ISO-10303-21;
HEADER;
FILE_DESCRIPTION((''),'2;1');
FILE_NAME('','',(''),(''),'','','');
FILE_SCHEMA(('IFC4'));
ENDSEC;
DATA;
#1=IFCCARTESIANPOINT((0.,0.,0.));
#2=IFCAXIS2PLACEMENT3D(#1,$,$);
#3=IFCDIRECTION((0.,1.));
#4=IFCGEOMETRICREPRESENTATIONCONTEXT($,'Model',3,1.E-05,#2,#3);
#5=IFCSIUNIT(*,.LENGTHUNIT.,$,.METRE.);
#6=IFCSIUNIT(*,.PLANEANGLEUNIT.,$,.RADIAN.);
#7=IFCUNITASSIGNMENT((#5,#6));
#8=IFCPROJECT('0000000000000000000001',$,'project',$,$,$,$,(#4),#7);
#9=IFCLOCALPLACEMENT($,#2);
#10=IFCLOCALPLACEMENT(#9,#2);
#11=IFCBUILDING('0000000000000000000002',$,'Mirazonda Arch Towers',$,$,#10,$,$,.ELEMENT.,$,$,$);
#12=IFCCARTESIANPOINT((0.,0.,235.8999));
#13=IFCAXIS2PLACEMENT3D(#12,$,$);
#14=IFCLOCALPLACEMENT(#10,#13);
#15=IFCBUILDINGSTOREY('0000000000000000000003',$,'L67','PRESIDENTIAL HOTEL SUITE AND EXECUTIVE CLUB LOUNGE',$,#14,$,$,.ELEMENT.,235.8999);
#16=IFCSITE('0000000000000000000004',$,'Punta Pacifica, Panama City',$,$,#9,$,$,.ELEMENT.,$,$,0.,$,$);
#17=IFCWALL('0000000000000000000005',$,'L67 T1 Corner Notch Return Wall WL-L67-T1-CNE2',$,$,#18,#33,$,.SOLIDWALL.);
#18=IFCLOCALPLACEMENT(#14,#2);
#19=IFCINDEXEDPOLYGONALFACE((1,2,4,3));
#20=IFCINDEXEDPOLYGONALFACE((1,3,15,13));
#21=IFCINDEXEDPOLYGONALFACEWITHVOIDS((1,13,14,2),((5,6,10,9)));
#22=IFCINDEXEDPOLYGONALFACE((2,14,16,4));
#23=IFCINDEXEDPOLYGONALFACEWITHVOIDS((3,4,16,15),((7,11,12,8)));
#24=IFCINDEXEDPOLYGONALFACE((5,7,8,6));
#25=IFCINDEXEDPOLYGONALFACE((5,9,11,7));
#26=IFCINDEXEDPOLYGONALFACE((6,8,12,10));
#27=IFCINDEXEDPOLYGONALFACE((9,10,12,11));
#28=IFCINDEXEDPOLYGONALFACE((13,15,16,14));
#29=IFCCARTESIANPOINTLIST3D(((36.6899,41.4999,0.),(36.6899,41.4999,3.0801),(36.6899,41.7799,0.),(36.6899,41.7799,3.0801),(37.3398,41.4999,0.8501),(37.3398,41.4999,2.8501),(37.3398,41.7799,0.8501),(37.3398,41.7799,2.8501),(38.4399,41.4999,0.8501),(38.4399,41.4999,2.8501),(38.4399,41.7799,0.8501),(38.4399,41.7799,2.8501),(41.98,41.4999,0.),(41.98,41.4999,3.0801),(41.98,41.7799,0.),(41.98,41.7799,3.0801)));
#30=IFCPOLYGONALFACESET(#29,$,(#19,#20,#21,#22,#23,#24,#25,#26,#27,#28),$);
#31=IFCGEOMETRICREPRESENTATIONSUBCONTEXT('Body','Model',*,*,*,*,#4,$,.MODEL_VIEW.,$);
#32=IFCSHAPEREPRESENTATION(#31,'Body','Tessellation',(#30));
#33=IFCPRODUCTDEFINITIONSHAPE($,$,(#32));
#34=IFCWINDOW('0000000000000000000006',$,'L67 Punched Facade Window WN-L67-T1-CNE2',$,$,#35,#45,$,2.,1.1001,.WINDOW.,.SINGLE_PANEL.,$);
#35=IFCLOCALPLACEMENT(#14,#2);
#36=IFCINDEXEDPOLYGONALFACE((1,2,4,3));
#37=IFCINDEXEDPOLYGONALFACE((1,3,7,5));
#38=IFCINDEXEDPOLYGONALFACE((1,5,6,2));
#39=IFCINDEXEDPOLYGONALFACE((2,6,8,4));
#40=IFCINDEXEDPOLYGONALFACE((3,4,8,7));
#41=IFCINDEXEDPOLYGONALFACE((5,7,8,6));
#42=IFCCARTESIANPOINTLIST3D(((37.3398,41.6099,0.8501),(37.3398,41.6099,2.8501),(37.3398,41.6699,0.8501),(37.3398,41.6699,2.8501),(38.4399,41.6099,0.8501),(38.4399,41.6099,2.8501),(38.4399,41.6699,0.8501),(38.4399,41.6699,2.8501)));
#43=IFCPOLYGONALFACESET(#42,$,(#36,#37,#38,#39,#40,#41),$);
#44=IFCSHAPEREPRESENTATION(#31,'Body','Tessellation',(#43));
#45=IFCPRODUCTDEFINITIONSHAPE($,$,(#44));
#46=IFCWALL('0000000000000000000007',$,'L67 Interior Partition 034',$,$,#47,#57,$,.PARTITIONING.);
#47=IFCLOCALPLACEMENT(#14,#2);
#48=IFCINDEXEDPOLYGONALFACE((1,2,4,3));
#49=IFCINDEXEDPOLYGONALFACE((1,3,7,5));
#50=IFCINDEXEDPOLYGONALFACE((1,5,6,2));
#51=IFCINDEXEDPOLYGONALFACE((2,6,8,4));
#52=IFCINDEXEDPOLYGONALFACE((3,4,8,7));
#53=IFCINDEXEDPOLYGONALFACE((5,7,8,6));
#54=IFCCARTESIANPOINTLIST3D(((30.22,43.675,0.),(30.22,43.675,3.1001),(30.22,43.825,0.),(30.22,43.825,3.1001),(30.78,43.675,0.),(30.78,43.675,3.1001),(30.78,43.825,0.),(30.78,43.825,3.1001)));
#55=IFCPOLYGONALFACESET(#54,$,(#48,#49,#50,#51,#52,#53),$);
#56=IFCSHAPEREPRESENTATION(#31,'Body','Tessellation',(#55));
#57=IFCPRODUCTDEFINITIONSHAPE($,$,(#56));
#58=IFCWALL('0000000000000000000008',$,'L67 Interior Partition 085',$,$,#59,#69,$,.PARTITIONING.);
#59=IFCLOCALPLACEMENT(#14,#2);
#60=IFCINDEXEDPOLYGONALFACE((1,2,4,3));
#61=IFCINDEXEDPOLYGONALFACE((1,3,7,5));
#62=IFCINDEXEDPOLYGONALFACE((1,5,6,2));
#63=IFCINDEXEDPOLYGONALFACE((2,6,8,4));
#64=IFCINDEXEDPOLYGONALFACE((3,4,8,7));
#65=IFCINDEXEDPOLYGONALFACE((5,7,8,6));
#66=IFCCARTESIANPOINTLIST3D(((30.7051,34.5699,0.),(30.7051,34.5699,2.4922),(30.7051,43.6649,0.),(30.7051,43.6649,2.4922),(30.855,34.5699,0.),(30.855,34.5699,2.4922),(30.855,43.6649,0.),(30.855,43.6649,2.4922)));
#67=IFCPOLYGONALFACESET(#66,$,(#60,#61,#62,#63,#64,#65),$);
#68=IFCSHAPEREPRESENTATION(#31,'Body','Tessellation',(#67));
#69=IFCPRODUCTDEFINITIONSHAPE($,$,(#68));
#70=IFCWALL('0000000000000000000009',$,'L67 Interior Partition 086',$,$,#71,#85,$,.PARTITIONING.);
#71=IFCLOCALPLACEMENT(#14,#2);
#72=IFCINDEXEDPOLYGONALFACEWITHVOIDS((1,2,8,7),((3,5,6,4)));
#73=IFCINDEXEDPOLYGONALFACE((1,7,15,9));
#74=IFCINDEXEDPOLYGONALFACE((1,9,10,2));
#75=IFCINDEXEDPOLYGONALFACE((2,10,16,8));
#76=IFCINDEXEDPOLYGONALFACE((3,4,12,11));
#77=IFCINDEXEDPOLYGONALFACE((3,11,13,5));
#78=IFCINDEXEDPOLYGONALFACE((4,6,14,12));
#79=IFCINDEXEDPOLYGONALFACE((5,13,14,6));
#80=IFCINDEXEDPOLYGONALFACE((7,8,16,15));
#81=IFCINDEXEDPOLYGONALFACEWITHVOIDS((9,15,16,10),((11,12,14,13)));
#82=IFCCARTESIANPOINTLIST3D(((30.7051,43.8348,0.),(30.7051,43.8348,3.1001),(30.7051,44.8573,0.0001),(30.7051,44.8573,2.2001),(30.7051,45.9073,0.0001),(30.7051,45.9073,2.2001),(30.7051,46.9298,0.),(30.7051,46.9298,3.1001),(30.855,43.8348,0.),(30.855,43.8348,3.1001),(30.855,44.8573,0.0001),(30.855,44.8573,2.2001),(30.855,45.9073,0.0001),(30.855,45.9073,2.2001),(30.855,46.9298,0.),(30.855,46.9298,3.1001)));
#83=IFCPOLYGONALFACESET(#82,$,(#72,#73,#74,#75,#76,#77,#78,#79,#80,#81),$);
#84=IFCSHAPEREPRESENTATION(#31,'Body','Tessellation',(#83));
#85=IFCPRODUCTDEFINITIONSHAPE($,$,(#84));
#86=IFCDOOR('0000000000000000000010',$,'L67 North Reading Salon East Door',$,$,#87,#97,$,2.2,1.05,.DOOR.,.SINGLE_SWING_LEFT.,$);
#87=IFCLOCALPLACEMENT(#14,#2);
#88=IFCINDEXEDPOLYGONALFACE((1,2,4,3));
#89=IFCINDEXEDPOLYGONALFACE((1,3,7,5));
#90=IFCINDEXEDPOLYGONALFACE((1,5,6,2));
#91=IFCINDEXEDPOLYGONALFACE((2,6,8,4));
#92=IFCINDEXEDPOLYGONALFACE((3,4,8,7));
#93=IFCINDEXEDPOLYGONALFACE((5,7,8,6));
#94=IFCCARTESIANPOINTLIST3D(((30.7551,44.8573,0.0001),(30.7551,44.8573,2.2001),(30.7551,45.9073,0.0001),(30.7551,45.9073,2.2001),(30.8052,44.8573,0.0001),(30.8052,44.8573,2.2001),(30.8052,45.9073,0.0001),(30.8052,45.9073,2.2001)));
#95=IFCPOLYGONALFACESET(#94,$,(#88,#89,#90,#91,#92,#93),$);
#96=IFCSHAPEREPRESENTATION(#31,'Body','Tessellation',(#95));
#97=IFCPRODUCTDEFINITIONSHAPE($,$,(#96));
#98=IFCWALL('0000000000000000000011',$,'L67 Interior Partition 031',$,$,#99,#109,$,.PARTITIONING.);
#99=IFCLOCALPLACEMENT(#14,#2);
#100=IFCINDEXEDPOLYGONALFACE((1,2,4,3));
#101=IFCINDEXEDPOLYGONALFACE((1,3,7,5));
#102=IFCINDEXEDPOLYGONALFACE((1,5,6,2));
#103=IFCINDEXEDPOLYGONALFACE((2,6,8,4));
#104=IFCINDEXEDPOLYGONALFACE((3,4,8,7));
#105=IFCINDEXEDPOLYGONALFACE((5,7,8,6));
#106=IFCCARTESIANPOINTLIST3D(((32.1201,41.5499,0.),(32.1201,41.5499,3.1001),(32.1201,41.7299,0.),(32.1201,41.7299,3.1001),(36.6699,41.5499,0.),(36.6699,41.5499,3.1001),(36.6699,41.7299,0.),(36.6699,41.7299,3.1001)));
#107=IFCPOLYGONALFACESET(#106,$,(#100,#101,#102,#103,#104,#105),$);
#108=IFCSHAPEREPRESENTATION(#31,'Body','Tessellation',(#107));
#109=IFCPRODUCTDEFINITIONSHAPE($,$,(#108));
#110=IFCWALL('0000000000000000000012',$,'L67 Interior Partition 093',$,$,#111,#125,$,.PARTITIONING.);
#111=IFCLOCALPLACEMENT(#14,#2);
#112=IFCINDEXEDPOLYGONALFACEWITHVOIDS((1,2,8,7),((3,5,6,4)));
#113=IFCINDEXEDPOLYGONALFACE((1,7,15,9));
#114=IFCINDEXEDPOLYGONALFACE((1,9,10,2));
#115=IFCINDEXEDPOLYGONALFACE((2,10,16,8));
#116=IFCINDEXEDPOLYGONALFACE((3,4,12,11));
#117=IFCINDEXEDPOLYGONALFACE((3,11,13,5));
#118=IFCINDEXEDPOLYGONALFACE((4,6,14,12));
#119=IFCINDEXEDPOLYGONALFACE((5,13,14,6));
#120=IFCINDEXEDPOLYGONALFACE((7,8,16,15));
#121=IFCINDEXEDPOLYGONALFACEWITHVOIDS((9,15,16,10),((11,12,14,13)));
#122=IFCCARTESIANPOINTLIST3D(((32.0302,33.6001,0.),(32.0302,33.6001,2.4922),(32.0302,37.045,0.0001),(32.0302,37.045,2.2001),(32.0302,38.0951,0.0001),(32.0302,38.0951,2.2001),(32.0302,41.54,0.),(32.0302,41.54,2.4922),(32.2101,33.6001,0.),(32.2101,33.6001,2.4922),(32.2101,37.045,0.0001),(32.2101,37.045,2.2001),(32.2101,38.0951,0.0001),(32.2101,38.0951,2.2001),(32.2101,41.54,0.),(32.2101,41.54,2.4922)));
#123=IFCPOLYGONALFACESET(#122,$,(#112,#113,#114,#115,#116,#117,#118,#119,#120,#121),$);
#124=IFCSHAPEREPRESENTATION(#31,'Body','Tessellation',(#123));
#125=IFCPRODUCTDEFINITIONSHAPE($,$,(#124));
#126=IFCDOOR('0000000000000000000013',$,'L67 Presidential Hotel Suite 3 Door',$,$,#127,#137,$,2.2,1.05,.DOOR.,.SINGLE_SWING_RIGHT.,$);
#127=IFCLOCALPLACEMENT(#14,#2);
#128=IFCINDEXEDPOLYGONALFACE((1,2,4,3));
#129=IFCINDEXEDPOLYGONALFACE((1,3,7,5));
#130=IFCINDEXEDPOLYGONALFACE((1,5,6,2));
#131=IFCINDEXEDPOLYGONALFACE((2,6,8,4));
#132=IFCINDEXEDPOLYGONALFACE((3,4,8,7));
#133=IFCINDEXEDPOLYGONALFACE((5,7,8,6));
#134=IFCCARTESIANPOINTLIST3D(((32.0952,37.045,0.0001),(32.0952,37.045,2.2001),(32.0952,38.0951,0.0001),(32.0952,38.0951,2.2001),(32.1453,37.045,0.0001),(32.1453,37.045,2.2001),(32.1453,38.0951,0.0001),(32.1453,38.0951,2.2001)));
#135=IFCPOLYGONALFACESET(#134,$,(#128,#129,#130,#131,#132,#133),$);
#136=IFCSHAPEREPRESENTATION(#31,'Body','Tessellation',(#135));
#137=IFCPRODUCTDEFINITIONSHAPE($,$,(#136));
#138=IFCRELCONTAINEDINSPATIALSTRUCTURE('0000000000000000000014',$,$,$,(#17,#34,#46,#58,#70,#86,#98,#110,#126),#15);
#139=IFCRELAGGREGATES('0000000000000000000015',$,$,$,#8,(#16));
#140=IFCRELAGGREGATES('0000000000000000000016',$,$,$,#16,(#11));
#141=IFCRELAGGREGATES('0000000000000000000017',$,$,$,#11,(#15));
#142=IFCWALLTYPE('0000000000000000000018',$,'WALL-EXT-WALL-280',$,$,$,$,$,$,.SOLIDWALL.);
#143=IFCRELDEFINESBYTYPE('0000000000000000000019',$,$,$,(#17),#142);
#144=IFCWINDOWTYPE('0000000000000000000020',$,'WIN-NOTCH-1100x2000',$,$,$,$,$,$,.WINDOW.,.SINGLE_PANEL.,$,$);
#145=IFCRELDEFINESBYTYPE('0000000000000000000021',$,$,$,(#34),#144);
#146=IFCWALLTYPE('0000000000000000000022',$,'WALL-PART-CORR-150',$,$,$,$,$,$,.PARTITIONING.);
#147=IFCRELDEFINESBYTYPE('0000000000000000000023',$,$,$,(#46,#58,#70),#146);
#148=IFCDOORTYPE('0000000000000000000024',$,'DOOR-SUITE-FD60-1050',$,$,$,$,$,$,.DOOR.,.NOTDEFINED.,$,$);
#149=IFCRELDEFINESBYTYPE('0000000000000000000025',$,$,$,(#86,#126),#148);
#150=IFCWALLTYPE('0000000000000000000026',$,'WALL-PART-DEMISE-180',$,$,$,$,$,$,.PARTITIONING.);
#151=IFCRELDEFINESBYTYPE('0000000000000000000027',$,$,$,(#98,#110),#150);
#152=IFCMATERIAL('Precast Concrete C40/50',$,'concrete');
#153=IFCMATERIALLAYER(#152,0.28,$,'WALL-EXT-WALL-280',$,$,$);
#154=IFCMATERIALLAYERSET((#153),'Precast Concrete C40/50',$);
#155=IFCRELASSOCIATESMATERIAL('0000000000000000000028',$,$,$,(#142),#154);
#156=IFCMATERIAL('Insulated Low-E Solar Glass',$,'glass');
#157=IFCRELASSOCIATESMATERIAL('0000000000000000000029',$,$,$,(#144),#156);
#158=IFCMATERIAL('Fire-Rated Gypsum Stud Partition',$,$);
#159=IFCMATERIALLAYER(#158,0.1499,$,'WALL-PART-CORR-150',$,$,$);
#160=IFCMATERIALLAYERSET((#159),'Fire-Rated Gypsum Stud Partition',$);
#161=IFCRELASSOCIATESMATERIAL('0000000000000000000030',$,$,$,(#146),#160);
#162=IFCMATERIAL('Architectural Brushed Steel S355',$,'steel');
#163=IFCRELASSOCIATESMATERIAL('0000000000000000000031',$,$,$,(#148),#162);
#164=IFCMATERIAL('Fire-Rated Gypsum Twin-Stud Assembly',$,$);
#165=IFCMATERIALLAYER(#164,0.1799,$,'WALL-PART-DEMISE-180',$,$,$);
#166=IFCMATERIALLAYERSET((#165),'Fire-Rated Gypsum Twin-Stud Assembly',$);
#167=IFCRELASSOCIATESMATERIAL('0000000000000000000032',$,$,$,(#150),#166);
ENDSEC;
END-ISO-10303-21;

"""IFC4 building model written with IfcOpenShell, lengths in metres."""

from ifc_helpers import new_model, si_unit, direction, frame, frame_2d, origin, place, context, subcontext, project, spatial, rectangle, extrude, material, layer, layer_set, type_object, element, fill, save


model = new_model("IFC4")

# Units and contexts
model_context = context("Model", 3, precision=1e-05, world=origin(), true_north=direction((0.0, 1.0)))
body_context = subcontext(model_context, "Body", "Model", "MODEL_VIEW")
ifc_project = project(units=[si_unit("LENGTHUNIT", "METRE"), si_unit("PLANEANGLEUNIT", "RADIAN")], contexts=[model_context])

# Site, building, storey
site_placement = place(None, origin())
site = spatial("IfcSite", under=ifc_project, at=site_placement, Name="Punta Pacifica, Panama City", CompositionType="ELEMENT", RefElevation=0.0)
building_placement = place(site_placement, origin())
building = spatial("IfcBuilding", under=site, at=building_placement, Name="Mirazonda Arch Towers", CompositionType="ELEMENT")
storey_placement = place(building_placement, frame((0.0, 0.0, 235.8999)))
storey = spatial("IfcBuildingStorey", under=building, at=storey_placement, Name="L67", Description="PRESIDENTIAL HOTEL SUITE AND EXECUTIVE CLUB LOUNGE", CompositionType="ELEMENT", Elevation=235.8999)

# Shared definitions
ifc_material_1 = material(Name="Insulated Low-E Solar Glass", Category="glass")

# Wall, opening, window
ifc_material_2 = material(Name="Precast Concrete C40/50", Category="concrete")
ifc_layer_1 = layer(ifc_material_2, 0.28, Name="WALL-EXT-WALL-280")
ifc_layer_set_1 = layer_set([ifc_layer_1], Name="Precast Concrete C40/50")
wall_type_1 = type_object("IfcWallType", Name="WALL-EXT-WALL-280", PredefinedType="SOLIDWALL", material=ifc_layer_set_1)
window_type = type_object("IfcWindowType", Name="WIN-NOTCH-1100x2000", PartitioningType="SINGLE_PANEL", PredefinedType="WINDOW", material=ifc_material_1)
wall_1_placement = place(storey_placement, frame((41.98, 41.6399, 0.0), z_axis=(0.0, 0.0, 1.0), x_axis=(-1.0, 0.0, 0.0)))
wall_1 = element("IfcWall", 1, at=wall_1_placement, inside=storey, type_object=wall_type_1, Name="L67 T1 Corner Notch Return Wall WL-L67-T1-CNE2", PredefinedType="SOLIDWALL", context=body_context, shape_type="SweptSolid", body=[
    extrude(rectangle(XDim=5.29, YDim=0.28, at=frame_2d((2.645, 0.0))), origin(), (0.0, 0.0, 1.0), 3.0801),
])
opening_1_placement = place(wall_1_placement, frame((3.54, 0.0, 0.8501)))
opening_1 = element("IfcOpeningElement", 2, at=opening_1_placement, cuts=wall_1, PredefinedType="OPENING", context=body_context, shape_type="SweptSolid", body=[
    extrude(rectangle(XDim=1.1001, YDim=2.0, at=frame_2d((0.55, 1.0))), frame((0.0, 0.1499, 0.0), z_axis=(0.0, -1.0, 0.0), x_axis=(1.0, 0.0, 0.0)), (0.0, 0.0, 1.0), 0.3),
])
window_1_placement = place(opening_1_placement, origin())
window_1 = element("IfcWindow", 3, at=window_1_placement, inside=storey, type_object=window_type, Name="L67 Punched Facade Window WN-L67-T1-CNE2", OverallHeight=2.0, OverallWidth=1.1001, PartitioningType="SINGLE_PANEL", PredefinedType="WINDOW", context=body_context, shape_type="SweptSolid", body=[
    extrude(rectangle(XDim=1.1001, YDim=2.0, at=frame_2d((0.55, 1.0))), frame((0.0, 0.03, 0.0), z_axis=(0.0, -1.0, 0.0), x_axis=(1.0, 0.0, 0.0)), (0.0, 0.0, 1.0), 0.0601),
])
fill(opening_1, window_1)

# Walls
ifc_material_3 = material(Name="Fire-Rated Gypsum Stud Partition")
ifc_layer_2 = layer(ifc_material_3, 0.1499, Name="WALL-PART-CORR-150")
ifc_layer_set_2 = layer_set([ifc_layer_2], Name="Fire-Rated Gypsum Stud Partition")
wall_type_2 = type_object("IfcWallType", Name="WALL-PART-CORR-150", PredefinedType="PARTITIONING", material=ifc_layer_set_2)
wall_2_placement = place(storey_placement, frame((30.22, 43.75, 0.0), z_axis=(0.0, 0.0, 1.0), x_axis=(1.0, 0.0, 0.0)))
element("IfcWall", 4, at=wall_2_placement, inside=storey, type_object=wall_type_2, Name="L67 Interior Partition 034", PredefinedType="PARTITIONING", context=body_context, shape_type="SweptSolid", body=[
    extrude(rectangle(XDim=0.5601, YDim=0.1499, at=frame_2d((0.28, 0.0))), origin(), (0.0, 0.0, 1.0), 3.1001),
])
wall_3_placement = place(storey_placement, frame((30.78, 34.5701, 0.0), z_axis=(0.0, 0.0, 1.0), x_axis=(0.0, 1.0, 0.0)))
element("IfcWall", 5, at=wall_3_placement, inside=storey, type_object=wall_type_2, Name="L67 Interior Partition 085", PredefinedType="PARTITIONING", context=body_context, shape_type="SweptSolid", body=[
    extrude(rectangle(XDim=9.095, YDim=0.1499, at=frame_2d((4.5474, 0.0))), origin(), (0.0, 0.0, 1.0), 2.4922),
])

# Wall, opening, door
wall_4_placement = place(storey_placement, frame((30.78, 43.835, 0.0), z_axis=(0.0, 0.0, 1.0), x_axis=(0.0, 1.0, 0.0)))
wall_4 = element("IfcWall", 6, at=wall_4_placement, inside=storey, type_object=wall_type_2, Name="L67 Interior Partition 086", PredefinedType="PARTITIONING", context=body_context, shape_type="SweptSolid", body=[
    extrude(rectangle(XDim=3.095, YDim=0.1499, at=frame_2d((1.5474, 0.0))), origin(), (0.0, 0.0, 1.0), 3.1001),
])
opening_2_placement = place(wall_4_placement, frame((1.0225, 0.0, 0.0)))
opening_2 = element("IfcOpeningElement", 7, at=opening_2_placement, cuts=wall_4, PredefinedType="OPENING", context=body_context, shape_type="SweptSolid", body=[
    extrude(rectangle(XDim=1.05, YDim=2.2, at=frame_2d((0.5249, 1.1001))), frame((0.0, 0.085, 0.0), z_axis=(0.0, -1.0, 0.0), x_axis=(1.0, 0.0, 0.0)), (0.0, 0.0, 1.0), 0.1699),
])
ifc_material_4 = material(Name="Architectural Brushed Steel S355", Category="steel")
door_type_1 = type_object("IfcDoorType", Name="DOOR-SUITE-FD60-1050", OperationType="NOTDEFINED", PredefinedType="DOOR", material=ifc_material_4)
door_1_placement = place(opening_2_placement, origin())
door_1 = element("IfcDoor", 8, at=door_1_placement, inside=storey, type_object=door_type_1, Name="L67 North Reading Salon East Door", OperationType="SINGLE_SWING_LEFT", OverallHeight=2.2, OverallWidth=1.05, PredefinedType="DOOR", context=body_context, shape_type="SweptSolid", body=[
    extrude(rectangle(XDim=1.05, YDim=2.2, at=frame_2d((0.5249, 1.1001))), frame((0.0, 0.0249, 0.0), z_axis=(0.0, -1.0, 0.0), x_axis=(1.0, 0.0, 0.0)), (0.0, 0.0, 1.0), 0.05),
])
fill(opening_2, door_1)

# Wall
ifc_material_5 = material(Name="Fire-Rated Gypsum Twin-Stud Assembly")
ifc_layer_3 = layer(ifc_material_5, 0.1799, Name="WALL-PART-DEMISE-180")
ifc_layer_set_3 = layer_set([ifc_layer_3], Name="Fire-Rated Gypsum Twin-Stud Assembly")
wall_type_3 = type_object("IfcWallType", Name="WALL-PART-DEMISE-180", PredefinedType="PARTITIONING", material=ifc_layer_set_3)
wall_5_placement = place(storey_placement, frame((32.1201, 41.6399, 0.0), z_axis=(0.0, 0.0, 1.0), x_axis=(1.0, 0.0, 0.0)))
element("IfcWall", 9, at=wall_5_placement, inside=storey, type_object=wall_type_3, Name="L67 Interior Partition 031", PredefinedType="PARTITIONING", context=body_context, shape_type="SweptSolid", body=[
    extrude(rectangle(XDim=4.5498, YDim=0.1799, at=frame_2d((2.2749, 0.0))), origin(), (0.0, 0.0, 1.0), 3.1001),
])

# Wall, opening, door
wall_6_placement = place(storey_placement, frame((32.1201, 33.6001, 0.0), z_axis=(0.0, 0.0, 1.0), x_axis=(0.0, 1.0, 0.0)))
wall_6 = element("IfcWall", 10, at=wall_6_placement, inside=storey, type_object=wall_type_3, Name="L67 Interior Partition 093", PredefinedType="PARTITIONING", context=body_context, shape_type="SweptSolid", body=[
    extrude(rectangle(XDim=7.9399, YDim=0.1799, at=frame_2d((3.97, 0.0))), origin(), (0.0, 0.0, 1.0), 2.4922),
])
opening_3_placement = place(wall_6_placement, frame((3.4451, 0.0, 0.0)))
opening_3 = element("IfcOpeningElement", 11, at=opening_3_placement, cuts=wall_6, PredefinedType="OPENING", context=body_context, shape_type="SweptSolid", body=[
    extrude(rectangle(XDim=1.05, YDim=2.2, at=frame_2d((0.5249, 1.1001))), frame((0.0, 0.0999, 0.0), z_axis=(0.0, -1.0, 0.0), x_axis=(1.0, 0.0, 0.0)), (0.0, 0.0, 1.0), 0.2),
])
door_2_placement = place(opening_3_placement, origin())
door_2 = element("IfcDoor", 12, at=door_2_placement, inside=storey, type_object=door_type_1, Name="L67 Presidential Hotel Suite 3 Door", OperationType="SINGLE_SWING_RIGHT", OverallHeight=2.2, OverallWidth=1.05, PredefinedType="DOOR", context=body_context, shape_type="SweptSolid", body=[
    extrude(rectangle(XDim=1.05, YDim=2.2, at=frame_2d((0.5249, 1.1001))), frame((0.0, 0.0249, 0.0), z_axis=(0.0, -1.0, 0.0), x_axis=(1.0, 0.0, 0.0)), (0.0, 0.0, 1.0), 0.05),
])
fill(opening_3, door_2)

save(model, "model.ifc")
